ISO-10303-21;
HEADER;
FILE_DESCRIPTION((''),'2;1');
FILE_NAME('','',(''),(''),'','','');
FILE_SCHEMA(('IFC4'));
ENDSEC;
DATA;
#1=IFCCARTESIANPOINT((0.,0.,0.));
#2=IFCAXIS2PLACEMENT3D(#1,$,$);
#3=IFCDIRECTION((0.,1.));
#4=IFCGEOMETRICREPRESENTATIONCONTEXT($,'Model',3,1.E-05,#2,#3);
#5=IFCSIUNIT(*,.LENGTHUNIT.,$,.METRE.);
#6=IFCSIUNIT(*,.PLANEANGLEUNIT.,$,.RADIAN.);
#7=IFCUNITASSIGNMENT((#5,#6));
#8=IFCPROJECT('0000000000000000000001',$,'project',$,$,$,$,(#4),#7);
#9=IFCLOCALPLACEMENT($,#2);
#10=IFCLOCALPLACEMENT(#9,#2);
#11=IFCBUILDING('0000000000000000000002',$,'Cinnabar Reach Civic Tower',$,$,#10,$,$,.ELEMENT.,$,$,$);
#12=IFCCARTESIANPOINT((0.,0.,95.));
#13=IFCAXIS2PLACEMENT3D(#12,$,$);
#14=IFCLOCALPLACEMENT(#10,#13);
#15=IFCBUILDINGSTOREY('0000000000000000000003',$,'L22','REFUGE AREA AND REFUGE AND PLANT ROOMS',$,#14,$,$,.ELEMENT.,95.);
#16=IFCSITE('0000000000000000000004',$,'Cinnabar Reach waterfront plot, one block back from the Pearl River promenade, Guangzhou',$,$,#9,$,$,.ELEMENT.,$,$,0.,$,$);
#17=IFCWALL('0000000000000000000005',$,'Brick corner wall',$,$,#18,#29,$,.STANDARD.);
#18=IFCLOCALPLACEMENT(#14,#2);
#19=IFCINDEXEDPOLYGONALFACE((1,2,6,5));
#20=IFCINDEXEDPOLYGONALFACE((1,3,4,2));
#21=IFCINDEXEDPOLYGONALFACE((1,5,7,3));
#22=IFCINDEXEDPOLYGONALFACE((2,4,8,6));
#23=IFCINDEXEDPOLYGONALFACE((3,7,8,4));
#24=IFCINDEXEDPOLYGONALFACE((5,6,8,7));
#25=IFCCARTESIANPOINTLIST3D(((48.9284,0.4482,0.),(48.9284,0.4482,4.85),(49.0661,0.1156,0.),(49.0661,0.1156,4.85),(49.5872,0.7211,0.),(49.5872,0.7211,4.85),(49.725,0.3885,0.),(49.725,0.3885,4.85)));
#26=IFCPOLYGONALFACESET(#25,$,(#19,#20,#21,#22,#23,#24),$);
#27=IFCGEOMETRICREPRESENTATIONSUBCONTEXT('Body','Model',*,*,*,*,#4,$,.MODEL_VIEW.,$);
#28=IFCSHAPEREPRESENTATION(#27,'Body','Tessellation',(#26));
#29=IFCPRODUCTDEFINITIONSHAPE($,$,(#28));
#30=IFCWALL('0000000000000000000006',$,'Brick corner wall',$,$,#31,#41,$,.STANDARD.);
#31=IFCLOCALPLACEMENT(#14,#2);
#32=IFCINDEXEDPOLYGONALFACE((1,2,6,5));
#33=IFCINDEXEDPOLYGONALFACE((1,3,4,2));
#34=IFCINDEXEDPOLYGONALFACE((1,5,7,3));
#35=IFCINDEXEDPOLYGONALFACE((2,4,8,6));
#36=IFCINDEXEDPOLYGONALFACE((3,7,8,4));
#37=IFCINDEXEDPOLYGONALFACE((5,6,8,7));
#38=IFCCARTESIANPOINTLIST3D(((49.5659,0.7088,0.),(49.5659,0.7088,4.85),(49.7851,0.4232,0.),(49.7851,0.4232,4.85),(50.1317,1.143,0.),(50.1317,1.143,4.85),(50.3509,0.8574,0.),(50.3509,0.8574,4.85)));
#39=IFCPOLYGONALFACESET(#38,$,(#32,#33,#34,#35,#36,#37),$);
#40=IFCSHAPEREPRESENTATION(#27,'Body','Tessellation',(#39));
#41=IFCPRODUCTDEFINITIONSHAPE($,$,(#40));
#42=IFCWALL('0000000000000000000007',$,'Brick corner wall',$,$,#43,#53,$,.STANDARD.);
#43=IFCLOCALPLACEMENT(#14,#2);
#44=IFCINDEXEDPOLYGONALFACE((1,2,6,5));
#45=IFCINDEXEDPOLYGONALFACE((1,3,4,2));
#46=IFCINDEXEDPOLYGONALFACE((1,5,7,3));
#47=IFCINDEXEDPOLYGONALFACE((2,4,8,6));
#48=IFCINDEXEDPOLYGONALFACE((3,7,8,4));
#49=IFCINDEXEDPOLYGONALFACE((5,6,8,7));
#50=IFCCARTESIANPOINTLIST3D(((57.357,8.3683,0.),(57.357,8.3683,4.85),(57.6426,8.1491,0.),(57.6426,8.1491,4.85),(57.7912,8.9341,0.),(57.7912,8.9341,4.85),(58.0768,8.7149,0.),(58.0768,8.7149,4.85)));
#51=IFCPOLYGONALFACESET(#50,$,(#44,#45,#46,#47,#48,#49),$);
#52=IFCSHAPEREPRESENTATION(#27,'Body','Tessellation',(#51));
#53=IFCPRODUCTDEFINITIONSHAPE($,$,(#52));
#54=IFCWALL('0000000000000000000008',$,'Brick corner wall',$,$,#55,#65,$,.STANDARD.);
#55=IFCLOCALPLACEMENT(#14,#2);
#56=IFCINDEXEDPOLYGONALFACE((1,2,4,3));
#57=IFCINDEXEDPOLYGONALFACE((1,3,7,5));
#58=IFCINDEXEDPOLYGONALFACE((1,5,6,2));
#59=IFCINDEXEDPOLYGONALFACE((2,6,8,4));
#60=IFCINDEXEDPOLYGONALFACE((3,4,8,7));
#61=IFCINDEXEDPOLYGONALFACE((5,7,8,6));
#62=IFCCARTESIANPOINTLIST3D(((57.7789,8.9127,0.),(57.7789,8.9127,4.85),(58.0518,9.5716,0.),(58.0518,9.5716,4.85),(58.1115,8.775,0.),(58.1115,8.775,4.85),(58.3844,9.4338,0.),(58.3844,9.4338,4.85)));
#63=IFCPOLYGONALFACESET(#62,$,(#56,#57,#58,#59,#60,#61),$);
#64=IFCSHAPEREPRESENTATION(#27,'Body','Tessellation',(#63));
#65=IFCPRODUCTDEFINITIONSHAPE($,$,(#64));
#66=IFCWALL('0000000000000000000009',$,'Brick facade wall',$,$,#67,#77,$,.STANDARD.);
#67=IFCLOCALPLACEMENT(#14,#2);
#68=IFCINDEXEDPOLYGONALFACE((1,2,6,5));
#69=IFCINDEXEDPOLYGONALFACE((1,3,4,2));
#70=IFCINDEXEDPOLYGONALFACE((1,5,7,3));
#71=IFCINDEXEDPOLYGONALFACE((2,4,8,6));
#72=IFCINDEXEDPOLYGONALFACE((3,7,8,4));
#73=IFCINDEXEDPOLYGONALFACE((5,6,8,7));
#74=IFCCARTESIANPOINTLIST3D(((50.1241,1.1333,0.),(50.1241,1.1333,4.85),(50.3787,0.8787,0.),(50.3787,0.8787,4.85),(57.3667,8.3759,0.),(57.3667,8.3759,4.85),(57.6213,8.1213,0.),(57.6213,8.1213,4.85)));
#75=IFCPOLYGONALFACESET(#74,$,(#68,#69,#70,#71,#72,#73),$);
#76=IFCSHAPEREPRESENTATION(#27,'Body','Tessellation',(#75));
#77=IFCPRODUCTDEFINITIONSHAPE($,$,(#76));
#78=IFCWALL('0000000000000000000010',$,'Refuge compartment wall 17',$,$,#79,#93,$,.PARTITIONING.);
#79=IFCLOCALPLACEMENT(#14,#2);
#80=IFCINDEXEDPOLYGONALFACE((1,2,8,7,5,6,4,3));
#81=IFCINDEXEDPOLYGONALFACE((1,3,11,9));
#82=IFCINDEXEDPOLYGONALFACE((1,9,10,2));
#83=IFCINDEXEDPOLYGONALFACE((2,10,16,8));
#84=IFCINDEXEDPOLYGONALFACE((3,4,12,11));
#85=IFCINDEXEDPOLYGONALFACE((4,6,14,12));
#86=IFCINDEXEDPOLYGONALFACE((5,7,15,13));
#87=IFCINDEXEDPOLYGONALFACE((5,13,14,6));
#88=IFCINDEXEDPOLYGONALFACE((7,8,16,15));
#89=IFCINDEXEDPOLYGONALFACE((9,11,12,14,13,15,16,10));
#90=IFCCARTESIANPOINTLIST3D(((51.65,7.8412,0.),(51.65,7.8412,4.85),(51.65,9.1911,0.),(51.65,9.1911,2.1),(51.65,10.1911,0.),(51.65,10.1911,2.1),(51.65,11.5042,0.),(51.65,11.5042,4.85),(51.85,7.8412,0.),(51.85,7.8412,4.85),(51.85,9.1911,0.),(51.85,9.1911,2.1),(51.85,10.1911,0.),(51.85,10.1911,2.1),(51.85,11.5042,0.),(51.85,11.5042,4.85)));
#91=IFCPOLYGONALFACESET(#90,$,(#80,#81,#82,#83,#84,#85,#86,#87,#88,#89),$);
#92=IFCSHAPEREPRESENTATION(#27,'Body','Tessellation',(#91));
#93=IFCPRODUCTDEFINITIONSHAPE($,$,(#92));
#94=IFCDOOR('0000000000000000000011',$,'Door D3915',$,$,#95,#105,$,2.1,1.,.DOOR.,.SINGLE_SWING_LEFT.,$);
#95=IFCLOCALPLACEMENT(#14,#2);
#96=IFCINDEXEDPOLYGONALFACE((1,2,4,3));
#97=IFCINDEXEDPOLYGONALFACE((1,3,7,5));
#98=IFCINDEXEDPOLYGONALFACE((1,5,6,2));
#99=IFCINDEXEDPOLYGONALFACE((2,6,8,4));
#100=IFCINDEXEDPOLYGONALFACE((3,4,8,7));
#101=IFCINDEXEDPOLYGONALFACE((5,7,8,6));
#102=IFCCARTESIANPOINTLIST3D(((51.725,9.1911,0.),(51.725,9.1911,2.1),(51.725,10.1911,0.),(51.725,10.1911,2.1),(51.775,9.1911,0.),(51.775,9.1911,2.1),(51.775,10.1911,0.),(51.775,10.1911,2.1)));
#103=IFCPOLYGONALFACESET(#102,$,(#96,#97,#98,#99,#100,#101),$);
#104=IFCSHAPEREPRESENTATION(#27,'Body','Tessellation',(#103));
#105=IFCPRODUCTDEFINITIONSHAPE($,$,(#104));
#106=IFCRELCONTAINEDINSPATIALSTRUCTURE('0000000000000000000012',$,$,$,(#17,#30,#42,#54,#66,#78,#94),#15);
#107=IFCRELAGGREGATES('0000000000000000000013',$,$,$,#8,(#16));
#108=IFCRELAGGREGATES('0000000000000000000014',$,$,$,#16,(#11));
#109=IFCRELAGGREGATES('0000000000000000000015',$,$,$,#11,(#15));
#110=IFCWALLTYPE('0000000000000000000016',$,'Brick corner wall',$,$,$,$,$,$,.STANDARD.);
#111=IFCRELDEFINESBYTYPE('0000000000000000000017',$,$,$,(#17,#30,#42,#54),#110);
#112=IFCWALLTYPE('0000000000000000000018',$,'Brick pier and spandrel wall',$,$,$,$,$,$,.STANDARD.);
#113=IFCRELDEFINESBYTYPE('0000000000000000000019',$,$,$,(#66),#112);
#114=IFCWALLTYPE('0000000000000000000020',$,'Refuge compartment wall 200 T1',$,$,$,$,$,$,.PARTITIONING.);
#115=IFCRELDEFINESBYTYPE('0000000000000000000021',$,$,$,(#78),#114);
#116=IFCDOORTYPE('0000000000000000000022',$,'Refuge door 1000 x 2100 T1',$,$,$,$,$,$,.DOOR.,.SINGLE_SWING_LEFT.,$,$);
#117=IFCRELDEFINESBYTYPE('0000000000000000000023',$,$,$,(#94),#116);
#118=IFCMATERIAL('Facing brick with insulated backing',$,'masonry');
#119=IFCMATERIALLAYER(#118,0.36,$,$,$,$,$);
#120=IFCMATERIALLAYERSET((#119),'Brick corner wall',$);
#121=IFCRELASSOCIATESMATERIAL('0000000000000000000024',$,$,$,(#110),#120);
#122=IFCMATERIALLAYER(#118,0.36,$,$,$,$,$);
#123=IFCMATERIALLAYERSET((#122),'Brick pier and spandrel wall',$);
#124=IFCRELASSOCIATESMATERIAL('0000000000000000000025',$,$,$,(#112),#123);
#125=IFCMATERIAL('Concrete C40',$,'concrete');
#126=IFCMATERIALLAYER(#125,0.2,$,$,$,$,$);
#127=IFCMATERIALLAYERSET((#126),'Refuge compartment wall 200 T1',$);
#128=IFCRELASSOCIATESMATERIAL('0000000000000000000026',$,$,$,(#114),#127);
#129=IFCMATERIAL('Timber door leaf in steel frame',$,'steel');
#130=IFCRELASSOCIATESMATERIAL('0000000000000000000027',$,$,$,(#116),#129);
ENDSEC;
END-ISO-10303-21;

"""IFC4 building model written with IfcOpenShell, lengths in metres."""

from ifc_helpers import new_model, si_unit, direction, frame, frame_2d, origin, place, context, subcontext, project, spatial, rectangle, extrude, material, layer, layer_set, type_object, element, fill, save


model = new_model("IFC4")

# Units and contexts
model_context = context("Model", 3, precision=1e-05, world=origin(), true_north=direction((0.0, 1.0)))
body_context = subcontext(model_context, "Body", "Model", "MODEL_VIEW")
ifc_project = project(units=[si_unit("LENGTHUNIT", "METRE"), si_unit("PLANEANGLEUNIT", "RADIAN")], contexts=[model_context])

# Site, building, storey
site_placement = place(None, origin())
site = spatial("IfcSite", under=ifc_project, at=site_placement, Name="Cinnabar Reach waterfront plot, one block back from the Pearl River promenade, Guangzhou", CompositionType="ELEMENT", RefElevation=0.0)
building_placement = place(site_placement, origin())
building = spatial("IfcBuilding", under=site, at=building_placement, Name="Cinnabar Reach Civic Tower", CompositionType="ELEMENT")
storey_placement = place(building_placement, frame((0.0, 0.0, 95.0)))
storey = spatial("IfcBuildingStorey", under=building, at=storey_placement, Name="L22", Description="REFUGE AREA AND REFUGE AND PLANT ROOMS", CompositionType="ELEMENT", Elevation=95.0)

# Walls
ifc_material_1 = material(Name="Facing brick with insulated backing", Category="masonry")
ifc_layer_1 = layer(ifc_material_1, 0.36)
ifc_layer_set_1 = layer_set([ifc_layer_1], Name="Brick corner wall")
wall_type_1 = type_object("IfcWallType", Name="Brick corner wall", PredefinedType="STANDARD", material=ifc_layer_set_1)
for number, where, z_axis, x_axis, name in (
    (1, (48.9973, 0.2819, 0.0), (0.0, 0.0, 1.0), (0.923872, 0.382703, 0.0), "Brick corner wall"),
):
    element("IfcWall", number, at=place(storey_placement, frame(where, z_axis=z_axis, x_axis=x_axis)), inside=storey, type_object=wall_type_1, Name=name, PredefinedType="STANDARD", context=body_context, shape_type="SweptSolid", body=[
        extrude(rectangle(XDim=0.7131, YDim=0.36, at=frame_2d((0.3565, 0.0))), origin(), (0.0, 0.0, 1.0), 4.85),
    ])
for number, where, z_axis, x_axis, name in (
    (2, (49.6755, 0.566, 0.0), (0.0, 0.0, 1.0), (0.793322, 0.608802, 0.0), "Brick corner wall"),
    (3, (57.4998, 8.2587, 0.0), (0.0, 0.0, 1.0), (0.608802, 0.793322, 0.0), "Brick corner wall"),
):
    element("IfcWall", number, at=place(storey_placement, frame(where, z_axis=z_axis, x_axis=x_axis)), inside=storey, type_object=wall_type_1, Name=name, PredefinedType="STANDARD", context=body_context, shape_type="SweptSolid", body=[
        extrude(rectangle(XDim=0.7132, YDim=0.36, at=frame_2d((0.3566, 0.0))), origin(), (0.0, 0.0, 1.0), 4.85),
    ])
wall_1_placement = place(storey_placement, frame((57.9452, 8.8439, 0.0), z_axis=(0.0, 0.0, 1.0), x_axis=(0.382703, 0.923872, 0.0)))
element("IfcWall", 4, at=wall_1_placement, inside=storey, type_object=wall_type_1, Name="Brick corner wall", PredefinedType="STANDARD", context=body_context, shape_type="SweptSolid", body=[
    extrude(rectangle(XDim=0.7131, YDim=0.36, at=frame_2d((0.3565, 0.0))), origin(), (0.0, 0.0, 1.0), 4.85),
])
ifc_layer_2 = layer(ifc_material_1, 0.36)
ifc_layer_set_2 = layer_set([ifc_layer_2], Name="Brick pier and spandrel wall")
wall_type_2 = type_object("IfcWallType", Name="Brick pier and spandrel wall", PredefinedType="STANDARD", material=ifc_layer_set_2)
wall_2_placement = place(storey_placement, frame((50.2514, 1.006, 0.0), z_axis=(0.0, 0.0, 1.0), x_axis=(0.707107, 0.707107, 0.0)))
element("IfcWall", 5, at=wall_2_placement, inside=storey, type_object=wall_type_2, Name="Brick facade wall", PredefinedType="STANDARD", context=body_context, shape_type="SweptSolid", body=[
    extrude(rectangle(XDim=10.2426, YDim=0.36, at=frame_2d((5.1213, 0.0))), origin(), (0.0, 0.0, 1.0), 4.85),
])

# Wall, opening, door
ifc_material_2 = material(Name="Concrete C40", Category="concrete")
ifc_layer_3 = layer(ifc_material_2, 0.2)
ifc_layer_set_3 = layer_set([ifc_layer_3], Name="Refuge compartment wall 200 T1")
wall_type_3 = type_object("IfcWallType", Name="Refuge compartment wall 200 T1", PredefinedType="PARTITIONING", material=ifc_layer_set_3)
wall_3_placement = place(storey_placement, frame((51.75, 7.8411, 0.0), z_axis=(0.0, 0.0, 1.0), x_axis=(0.0, 1.0, 0.0)))
wall_3 = element("IfcWall", 6, at=wall_3_placement, inside=storey, type_object=wall_type_3, Name="Refuge compartment wall 17", PredefinedType="PARTITIONING", context=body_context, shape_type="SweptSolid", body=[
    extrude(rectangle(XDim=3.6631, YDim=0.2, at=frame_2d((1.8316, 0.0))), origin(), (0.0, 0.0, 1.0), 4.85),
])
opening_placement = place(wall_3_placement, frame((1.35, 0.0, 0.0)))
opening = element("IfcOpeningElement", 7, at=opening_placement, cuts=wall_3, PredefinedType="OPENING", context=body_context, shape_type="SweptSolid", body=[
    extrude(rectangle(XDim=1.0, YDim=2.1, at=frame_2d((0.5, 1.05))), frame((0.0, 0.11, 0.0), z_axis=(0.0, -1.0, 0.0), x_axis=(1.0, 0.0, 0.0)), (0.0, 0.0, 1.0), 0.22),
])
ifc_material_3 = material(Name="Timber door leaf in steel frame", Category="steel")
door_type = type_object("IfcDoorType", Name="Refuge door 1000 x 2100 T1", OperationType="SINGLE_SWING_LEFT", PredefinedType="DOOR", material=ifc_material_3)
door_placement = place(opening_placement, origin())
door = element("IfcDoor", 8, at=door_placement, inside=storey, type_object=door_type, Name="Door D3915", OperationType="SINGLE_SWING_LEFT", OverallHeight=2.1, OverallWidth=1.0, PredefinedType="DOOR", context=body_context, shape_type="SweptSolid", body=[
    extrude(rectangle(XDim=1.0, YDim=2.1, at=frame_2d((0.5, 1.05))), frame((0.0, 0.025, 0.0), z_axis=(0.0, -1.0, 0.0), x_axis=(1.0, 0.0, 0.0)), (0.0, 0.0, 1.0), 0.05),
])
fill(opening, door)

save(model, "model.ifc")
